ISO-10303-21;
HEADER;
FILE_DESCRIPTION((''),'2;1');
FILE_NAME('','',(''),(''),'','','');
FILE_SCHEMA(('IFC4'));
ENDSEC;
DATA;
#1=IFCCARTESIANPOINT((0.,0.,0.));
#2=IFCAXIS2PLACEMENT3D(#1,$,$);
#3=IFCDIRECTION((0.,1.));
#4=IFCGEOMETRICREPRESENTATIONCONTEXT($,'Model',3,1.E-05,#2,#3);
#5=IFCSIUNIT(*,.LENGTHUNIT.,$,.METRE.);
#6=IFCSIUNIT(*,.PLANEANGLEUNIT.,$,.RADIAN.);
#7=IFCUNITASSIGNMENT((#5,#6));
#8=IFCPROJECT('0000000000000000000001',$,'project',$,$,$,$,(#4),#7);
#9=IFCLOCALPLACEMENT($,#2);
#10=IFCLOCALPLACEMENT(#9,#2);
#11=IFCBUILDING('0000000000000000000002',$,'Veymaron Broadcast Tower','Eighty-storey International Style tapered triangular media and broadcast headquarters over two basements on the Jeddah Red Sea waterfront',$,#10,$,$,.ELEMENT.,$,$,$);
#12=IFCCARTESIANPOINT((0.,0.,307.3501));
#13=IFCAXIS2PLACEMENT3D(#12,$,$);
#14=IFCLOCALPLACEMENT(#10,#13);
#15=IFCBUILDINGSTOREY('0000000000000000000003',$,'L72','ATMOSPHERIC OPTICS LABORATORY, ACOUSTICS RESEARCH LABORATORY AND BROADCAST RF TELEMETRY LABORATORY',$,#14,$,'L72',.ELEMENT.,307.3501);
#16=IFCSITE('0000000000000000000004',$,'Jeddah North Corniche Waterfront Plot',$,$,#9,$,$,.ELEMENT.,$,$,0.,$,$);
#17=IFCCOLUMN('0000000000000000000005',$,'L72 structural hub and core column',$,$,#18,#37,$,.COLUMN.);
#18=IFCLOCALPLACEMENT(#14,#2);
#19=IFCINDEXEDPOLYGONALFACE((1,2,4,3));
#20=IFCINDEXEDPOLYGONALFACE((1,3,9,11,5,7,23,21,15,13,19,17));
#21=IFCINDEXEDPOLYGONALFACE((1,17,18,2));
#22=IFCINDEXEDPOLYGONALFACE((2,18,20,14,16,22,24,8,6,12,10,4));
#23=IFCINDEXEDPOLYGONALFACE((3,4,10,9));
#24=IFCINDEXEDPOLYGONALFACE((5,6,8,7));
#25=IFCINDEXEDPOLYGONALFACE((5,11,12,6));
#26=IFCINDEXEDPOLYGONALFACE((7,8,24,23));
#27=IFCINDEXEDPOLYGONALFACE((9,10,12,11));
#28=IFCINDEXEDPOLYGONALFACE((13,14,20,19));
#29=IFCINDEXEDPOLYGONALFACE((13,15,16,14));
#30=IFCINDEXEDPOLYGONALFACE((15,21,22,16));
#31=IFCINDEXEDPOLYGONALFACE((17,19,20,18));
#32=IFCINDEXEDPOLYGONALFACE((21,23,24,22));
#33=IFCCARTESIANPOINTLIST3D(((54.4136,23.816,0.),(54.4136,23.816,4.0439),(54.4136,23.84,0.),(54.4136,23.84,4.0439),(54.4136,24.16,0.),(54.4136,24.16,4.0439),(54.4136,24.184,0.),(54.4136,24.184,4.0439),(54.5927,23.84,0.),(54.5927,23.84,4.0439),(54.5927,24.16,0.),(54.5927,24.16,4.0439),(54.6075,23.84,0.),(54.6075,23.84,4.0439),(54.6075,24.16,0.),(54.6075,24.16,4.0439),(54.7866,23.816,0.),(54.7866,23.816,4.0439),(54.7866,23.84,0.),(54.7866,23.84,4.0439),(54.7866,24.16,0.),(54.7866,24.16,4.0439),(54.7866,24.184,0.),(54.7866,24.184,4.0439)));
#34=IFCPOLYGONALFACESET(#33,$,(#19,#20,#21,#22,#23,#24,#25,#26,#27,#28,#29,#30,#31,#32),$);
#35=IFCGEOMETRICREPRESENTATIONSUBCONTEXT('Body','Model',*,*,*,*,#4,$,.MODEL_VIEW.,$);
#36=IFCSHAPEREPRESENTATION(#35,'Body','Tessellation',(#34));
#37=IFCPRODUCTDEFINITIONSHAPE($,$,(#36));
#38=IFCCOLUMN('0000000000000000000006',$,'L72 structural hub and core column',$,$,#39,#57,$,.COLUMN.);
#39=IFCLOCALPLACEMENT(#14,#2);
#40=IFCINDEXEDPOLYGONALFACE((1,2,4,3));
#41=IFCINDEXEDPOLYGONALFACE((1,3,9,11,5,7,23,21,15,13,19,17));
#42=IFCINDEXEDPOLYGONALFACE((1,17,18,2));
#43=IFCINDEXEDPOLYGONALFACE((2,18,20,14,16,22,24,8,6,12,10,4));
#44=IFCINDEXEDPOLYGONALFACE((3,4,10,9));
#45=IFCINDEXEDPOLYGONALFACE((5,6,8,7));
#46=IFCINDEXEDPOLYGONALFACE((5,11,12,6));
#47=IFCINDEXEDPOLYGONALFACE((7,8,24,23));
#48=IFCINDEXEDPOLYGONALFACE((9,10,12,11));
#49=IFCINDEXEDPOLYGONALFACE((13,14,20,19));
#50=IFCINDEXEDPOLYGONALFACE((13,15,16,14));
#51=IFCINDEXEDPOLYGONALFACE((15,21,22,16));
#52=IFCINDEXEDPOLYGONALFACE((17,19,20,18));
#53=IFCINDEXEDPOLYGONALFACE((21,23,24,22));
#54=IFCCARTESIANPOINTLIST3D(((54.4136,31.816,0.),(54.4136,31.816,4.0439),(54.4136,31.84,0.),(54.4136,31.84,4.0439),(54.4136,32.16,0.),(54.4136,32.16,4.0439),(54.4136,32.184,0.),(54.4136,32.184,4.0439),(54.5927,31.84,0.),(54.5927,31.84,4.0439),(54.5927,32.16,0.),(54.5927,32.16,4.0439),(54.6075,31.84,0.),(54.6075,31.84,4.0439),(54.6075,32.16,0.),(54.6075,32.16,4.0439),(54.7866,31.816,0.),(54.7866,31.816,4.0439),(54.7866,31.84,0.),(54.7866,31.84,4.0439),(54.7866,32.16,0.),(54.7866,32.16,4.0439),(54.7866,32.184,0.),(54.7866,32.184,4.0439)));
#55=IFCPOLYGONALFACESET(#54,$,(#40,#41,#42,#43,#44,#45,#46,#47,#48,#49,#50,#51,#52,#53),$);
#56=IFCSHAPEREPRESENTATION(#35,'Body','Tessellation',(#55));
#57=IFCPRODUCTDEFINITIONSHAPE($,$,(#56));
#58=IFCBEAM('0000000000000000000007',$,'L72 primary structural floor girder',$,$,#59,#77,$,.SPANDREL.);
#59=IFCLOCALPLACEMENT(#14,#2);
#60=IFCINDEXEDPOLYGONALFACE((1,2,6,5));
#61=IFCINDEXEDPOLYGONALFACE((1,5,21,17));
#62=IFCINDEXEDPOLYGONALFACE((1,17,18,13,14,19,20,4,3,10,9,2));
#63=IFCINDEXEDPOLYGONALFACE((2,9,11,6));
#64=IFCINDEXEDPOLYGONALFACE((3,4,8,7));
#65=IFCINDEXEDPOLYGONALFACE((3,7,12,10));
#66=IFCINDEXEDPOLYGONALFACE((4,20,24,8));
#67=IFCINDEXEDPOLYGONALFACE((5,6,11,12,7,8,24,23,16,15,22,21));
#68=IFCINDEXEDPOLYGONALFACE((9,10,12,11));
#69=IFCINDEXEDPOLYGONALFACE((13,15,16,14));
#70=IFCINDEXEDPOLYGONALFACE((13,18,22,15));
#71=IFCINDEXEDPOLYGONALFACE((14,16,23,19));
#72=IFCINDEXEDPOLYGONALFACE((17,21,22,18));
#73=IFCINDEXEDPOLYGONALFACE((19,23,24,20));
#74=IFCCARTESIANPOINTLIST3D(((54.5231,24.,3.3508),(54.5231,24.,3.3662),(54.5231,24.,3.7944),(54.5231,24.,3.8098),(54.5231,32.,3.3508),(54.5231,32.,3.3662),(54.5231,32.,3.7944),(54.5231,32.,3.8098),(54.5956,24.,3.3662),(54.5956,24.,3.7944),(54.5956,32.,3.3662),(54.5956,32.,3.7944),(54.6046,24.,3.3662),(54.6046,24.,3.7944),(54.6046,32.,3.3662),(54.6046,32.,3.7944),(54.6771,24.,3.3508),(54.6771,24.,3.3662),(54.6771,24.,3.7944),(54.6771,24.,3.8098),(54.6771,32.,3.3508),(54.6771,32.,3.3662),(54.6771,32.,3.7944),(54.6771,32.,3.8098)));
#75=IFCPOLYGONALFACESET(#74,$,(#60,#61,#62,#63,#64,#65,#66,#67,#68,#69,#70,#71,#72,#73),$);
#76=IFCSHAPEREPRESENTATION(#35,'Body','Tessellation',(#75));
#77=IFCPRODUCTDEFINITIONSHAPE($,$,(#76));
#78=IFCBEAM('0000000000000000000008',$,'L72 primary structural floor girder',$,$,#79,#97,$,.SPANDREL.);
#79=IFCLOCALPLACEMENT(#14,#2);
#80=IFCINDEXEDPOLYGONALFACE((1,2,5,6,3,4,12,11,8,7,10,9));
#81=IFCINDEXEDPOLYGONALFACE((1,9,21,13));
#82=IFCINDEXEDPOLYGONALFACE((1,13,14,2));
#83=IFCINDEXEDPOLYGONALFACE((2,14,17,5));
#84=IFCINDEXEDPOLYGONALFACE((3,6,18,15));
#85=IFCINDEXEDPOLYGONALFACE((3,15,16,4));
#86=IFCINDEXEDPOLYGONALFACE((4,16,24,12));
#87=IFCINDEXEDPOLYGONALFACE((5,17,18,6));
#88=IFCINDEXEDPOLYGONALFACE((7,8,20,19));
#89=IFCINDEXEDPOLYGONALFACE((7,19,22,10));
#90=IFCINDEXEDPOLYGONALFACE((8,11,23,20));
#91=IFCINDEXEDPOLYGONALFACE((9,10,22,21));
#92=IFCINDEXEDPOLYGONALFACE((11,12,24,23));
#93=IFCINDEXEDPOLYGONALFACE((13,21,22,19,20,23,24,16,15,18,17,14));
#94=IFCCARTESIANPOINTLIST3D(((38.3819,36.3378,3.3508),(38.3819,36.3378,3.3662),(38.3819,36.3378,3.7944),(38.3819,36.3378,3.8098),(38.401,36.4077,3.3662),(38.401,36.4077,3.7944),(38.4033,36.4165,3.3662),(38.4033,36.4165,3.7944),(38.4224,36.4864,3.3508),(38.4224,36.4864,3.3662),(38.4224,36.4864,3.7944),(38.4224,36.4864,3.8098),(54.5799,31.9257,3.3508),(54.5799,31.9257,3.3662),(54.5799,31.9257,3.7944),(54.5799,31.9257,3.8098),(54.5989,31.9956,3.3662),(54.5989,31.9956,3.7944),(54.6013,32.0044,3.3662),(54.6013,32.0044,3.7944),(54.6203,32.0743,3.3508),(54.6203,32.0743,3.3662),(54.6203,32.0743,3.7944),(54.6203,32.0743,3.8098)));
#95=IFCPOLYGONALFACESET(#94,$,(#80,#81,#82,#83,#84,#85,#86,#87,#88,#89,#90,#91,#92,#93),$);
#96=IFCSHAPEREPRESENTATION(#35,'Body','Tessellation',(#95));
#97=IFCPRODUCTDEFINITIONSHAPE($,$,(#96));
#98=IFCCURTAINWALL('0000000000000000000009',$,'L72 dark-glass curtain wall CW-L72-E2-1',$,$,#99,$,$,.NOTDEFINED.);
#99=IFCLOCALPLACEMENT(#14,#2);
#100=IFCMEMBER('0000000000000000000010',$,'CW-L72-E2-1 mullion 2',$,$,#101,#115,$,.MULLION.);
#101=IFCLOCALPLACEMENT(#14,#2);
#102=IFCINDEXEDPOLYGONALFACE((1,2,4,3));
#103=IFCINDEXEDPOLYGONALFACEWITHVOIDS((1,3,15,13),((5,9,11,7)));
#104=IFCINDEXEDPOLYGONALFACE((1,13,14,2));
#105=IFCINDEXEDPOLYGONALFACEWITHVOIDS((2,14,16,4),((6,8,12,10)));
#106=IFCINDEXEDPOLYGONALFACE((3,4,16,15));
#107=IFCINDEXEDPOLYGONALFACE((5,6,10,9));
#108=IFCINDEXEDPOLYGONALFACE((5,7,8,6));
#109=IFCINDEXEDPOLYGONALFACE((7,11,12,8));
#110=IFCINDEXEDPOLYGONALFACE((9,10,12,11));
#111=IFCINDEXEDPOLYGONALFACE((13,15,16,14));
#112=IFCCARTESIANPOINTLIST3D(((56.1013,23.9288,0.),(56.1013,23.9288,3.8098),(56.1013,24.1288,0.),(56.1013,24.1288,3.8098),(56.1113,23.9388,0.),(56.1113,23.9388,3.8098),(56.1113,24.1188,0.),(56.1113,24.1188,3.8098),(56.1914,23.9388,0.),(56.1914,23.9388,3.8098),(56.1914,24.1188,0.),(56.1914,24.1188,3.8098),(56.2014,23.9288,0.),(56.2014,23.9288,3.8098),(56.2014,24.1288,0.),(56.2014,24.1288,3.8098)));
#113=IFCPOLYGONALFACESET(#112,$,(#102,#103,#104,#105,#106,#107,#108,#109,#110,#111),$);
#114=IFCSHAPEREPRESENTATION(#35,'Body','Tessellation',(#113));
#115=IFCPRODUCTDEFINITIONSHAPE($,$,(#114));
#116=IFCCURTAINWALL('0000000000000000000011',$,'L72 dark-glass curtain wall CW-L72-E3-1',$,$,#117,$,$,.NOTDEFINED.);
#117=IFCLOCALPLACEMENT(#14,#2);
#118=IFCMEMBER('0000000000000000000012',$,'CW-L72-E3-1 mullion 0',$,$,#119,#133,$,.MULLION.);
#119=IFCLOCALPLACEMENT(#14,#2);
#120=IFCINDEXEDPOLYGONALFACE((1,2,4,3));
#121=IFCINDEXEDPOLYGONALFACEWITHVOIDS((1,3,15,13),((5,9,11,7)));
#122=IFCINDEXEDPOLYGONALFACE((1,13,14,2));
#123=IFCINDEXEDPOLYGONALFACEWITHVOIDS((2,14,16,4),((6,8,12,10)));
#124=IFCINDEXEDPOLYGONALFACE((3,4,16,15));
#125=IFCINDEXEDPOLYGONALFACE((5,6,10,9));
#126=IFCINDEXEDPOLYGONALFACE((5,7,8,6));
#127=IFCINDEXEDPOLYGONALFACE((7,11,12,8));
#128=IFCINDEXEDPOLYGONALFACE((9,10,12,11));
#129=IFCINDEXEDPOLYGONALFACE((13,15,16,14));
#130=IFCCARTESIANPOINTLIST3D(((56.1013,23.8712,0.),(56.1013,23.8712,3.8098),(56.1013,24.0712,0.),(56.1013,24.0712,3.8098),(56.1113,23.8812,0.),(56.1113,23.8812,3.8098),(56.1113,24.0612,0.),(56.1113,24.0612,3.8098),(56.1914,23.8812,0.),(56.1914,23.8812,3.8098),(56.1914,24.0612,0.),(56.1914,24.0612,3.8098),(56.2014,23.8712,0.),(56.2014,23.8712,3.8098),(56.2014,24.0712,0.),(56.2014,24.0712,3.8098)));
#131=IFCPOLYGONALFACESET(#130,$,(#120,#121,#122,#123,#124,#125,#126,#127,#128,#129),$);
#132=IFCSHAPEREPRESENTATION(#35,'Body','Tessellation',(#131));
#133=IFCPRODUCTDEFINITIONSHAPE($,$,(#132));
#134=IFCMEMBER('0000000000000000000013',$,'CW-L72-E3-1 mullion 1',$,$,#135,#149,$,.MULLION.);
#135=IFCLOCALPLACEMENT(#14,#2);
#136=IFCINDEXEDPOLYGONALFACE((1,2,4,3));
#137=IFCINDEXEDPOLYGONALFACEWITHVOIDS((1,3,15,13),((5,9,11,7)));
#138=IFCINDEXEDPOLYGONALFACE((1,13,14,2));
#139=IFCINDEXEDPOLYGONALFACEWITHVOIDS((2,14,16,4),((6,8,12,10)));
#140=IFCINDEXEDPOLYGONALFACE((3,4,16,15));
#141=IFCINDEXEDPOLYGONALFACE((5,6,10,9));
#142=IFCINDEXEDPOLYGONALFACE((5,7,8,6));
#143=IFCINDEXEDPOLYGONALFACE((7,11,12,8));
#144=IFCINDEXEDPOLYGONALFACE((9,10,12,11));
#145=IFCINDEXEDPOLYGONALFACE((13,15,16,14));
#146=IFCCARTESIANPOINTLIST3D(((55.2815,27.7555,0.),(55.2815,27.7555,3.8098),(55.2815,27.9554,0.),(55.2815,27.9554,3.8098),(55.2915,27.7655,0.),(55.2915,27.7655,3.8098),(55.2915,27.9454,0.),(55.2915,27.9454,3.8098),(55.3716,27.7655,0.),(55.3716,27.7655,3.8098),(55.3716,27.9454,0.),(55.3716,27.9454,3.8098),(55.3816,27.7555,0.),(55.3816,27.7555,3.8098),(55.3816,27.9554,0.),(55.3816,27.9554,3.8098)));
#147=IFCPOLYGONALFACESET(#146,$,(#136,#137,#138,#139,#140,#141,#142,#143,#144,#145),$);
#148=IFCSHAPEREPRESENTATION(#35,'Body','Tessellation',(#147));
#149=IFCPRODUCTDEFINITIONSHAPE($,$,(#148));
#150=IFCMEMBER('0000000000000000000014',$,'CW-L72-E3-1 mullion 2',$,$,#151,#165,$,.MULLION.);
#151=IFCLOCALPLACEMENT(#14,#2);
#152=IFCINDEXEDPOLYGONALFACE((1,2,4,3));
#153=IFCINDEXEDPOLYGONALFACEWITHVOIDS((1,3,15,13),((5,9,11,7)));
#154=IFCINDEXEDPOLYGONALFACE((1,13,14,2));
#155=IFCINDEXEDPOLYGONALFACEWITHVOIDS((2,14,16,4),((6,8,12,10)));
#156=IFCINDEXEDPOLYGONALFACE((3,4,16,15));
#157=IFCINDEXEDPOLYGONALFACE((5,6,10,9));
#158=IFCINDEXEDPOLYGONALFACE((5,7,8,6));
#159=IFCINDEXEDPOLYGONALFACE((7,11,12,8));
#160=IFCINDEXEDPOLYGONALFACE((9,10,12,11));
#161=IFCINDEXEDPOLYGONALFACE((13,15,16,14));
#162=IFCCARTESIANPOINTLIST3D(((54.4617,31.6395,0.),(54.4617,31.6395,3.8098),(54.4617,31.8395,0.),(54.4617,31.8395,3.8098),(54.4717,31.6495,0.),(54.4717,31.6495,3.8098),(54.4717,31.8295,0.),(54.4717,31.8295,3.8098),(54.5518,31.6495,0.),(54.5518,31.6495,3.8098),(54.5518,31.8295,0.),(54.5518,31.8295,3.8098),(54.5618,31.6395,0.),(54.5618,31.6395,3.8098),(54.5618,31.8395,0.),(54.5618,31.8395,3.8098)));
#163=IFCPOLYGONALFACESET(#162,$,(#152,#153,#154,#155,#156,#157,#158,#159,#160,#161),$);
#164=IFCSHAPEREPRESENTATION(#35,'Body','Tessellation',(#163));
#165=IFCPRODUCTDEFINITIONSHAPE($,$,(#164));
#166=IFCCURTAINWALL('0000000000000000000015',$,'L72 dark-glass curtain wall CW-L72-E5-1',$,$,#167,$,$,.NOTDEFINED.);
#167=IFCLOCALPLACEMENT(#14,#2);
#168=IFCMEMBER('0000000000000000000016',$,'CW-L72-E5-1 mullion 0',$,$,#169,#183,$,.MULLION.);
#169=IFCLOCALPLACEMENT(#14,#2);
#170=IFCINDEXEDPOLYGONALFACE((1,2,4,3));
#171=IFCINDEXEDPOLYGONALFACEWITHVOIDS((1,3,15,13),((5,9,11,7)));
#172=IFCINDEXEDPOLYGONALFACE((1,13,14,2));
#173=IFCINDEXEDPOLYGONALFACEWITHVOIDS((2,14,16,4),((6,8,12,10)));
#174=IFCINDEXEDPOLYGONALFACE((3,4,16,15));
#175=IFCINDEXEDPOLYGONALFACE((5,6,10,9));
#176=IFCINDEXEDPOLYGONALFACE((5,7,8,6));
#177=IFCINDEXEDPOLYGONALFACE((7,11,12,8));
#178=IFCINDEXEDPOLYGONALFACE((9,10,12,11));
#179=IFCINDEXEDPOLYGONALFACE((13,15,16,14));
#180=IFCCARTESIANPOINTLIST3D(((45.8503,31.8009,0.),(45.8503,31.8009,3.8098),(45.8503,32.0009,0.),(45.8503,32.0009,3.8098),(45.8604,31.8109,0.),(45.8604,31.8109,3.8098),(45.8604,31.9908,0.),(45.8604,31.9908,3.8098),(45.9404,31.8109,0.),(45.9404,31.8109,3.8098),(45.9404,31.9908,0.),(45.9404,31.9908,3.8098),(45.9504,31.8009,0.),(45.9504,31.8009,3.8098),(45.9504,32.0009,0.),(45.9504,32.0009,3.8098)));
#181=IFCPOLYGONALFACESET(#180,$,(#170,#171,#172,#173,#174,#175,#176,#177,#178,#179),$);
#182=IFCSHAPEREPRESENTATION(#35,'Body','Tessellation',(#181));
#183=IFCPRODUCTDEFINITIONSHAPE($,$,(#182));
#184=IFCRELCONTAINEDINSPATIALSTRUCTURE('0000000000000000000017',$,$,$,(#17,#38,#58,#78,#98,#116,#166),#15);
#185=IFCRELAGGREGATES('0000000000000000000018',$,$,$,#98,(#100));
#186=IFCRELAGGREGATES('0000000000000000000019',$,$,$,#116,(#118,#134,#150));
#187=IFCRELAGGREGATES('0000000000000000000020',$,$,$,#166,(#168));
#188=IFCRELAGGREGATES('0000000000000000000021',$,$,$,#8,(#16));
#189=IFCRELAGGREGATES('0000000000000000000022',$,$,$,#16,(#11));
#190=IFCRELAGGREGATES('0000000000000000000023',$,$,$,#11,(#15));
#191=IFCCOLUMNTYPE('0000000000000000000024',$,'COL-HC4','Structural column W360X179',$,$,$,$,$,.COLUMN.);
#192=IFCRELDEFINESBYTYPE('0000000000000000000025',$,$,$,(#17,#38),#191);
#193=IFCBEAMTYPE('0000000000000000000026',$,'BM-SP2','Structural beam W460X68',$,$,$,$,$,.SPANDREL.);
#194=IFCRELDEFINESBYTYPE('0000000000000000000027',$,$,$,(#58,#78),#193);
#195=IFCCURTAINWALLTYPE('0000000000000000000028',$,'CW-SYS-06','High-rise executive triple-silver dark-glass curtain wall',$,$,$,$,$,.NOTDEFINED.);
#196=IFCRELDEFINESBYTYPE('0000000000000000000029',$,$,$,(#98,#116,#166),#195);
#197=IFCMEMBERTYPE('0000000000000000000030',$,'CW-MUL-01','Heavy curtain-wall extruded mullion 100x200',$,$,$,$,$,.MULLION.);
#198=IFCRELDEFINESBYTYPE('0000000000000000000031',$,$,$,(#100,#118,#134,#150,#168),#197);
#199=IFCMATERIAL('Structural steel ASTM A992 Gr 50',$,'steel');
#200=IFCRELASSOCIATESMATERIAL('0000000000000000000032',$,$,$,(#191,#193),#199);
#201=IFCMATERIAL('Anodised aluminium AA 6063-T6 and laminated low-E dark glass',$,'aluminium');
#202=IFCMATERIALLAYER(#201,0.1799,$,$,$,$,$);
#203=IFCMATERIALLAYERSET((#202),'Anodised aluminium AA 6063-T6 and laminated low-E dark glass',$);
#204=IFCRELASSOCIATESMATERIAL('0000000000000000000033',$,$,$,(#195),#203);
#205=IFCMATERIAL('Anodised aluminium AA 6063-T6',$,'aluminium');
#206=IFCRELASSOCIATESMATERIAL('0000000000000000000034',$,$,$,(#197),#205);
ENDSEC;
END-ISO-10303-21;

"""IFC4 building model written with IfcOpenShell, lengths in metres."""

from ifc_helpers import new_model, si_unit, direction, frame, origin, origin_2d, place, context, subcontext, project, spatial, hollow_rectangle, i_section, extrude, material, layer, layer_set, material_profile, profile_set, type_object, element, aggregate, save


model = new_model("IFC4")

# Units and contexts
model_context = context("Model", 3, precision=1e-05, world=origin(), true_north=direction((0.0, 1.0)))
body_context = subcontext(model_context, "Body", "Model", "MODEL_VIEW")
ifc_project = project(units=[si_unit("LENGTHUNIT", "METRE"), si_unit("PLANEANGLEUNIT", "RADIAN")], contexts=[model_context])

# Site, building, storey
site_placement = place(None, origin())
site = spatial("IfcSite", under=ifc_project, at=site_placement, Name="Jeddah North Corniche Waterfront Plot", CompositionType="ELEMENT", RefElevation=0.0)
building_placement = place(site_placement, origin())
building = spatial("IfcBuilding", under=site, at=building_placement, Name="Veymaron Broadcast Tower", Description="Eighty-storey International Style tapered triangular media and broadcast headquarters over two basements on the Jeddah Red Sea waterfront", CompositionType="ELEMENT")
storey_placement = place(building_placement, frame((0.0, 0.0, 307.3501)))
storey = spatial("IfcBuildingStorey", under=building, at=storey_placement, Name="L72", Description="ATMOSPHERIC OPTICS LABORATORY, ACOUSTICS RESEARCH LABORATORY AND BROADCAST RF TELEMETRY LABORATORY", LongName="L72", CompositionType="ELEMENT", Elevation=307.3501)

# Columns
ifc_material_1 = material(Name="Structural steel ASTM A992 Gr 50", Category="steel")
ifc_material_profile_1 = material_profile(ifc_material_1, i_section(OverallWidth=0.373, OverallDepth=0.3679, WebThickness=0.0149, FlangeThickness=0.0239, at=origin_2d()), Name="W360X179")
ifc_profile_set_1 = profile_set([ifc_material_profile_1], Name="Structural steel ASTM A992 Gr 50")
column_type = type_object("IfcColumnType", Name="COL-HC4", Description="Structural column W360X179", PredefinedType="COLUMN", material=ifc_profile_set_1)
for number, where, z_axis, x_axis, name in (
    (1, (54.6001, 24.0, 0.0), (0.0, 0.0, 1.0), (1.0, 0.0, 0.0), "L72 structural hub and core column"),
    (2, (54.6001, 32.0, 0.0), (0.0, 0.0, 1.0), (1.0, 0.0, 0.0), "L72 structural hub and core column"),
):
    element("IfcColumn", number, at=place(storey_placement, frame(where, z_axis=z_axis, x_axis=x_axis)), inside=storey, type_object=column_type, Name=name, PredefinedType="COLUMN", context=body_context, shape_type="SweptSolid", body=[
        extrude(i_section(OverallWidth=0.373, OverallDepth=0.3679, WebThickness=0.0149, FlangeThickness=0.0239, at=origin_2d()), origin(), (0.0, 0.0, 1.0), 4.0439),
    ])

# Beams
ifc_material_profile_2 = material_profile(ifc_material_1, i_section(OverallWidth=0.1541, OverallDepth=0.459, WebThickness=0.009, FlangeThickness=0.0154, at=origin_2d()), Name="W460X68")
ifc_profile_set_2 = profile_set([ifc_material_profile_2], Name="Structural steel ASTM A992 Gr 50")
beam_type = type_object("IfcBeamType", Name="BM-SP2", Description="Structural beam W460X68", PredefinedType="SPANDREL", material=ifc_profile_set_2)
beam_1_placement = place(storey_placement, frame((54.6001, 24.0, 3.5803), z_axis=(0.0, 1.0, 0.0), x_axis=(-1.0, 0.0, 0.0)))
element("IfcBeam", 3, at=beam_1_placement, inside=storey, type_object=beam_type, Name="L72 primary structural floor girder", PredefinedType="SPANDREL", context=body_context, shape_type="SweptSolid", body=[
    extrude(i_section(OverallWidth=0.1541, OverallDepth=0.459, WebThickness=0.009, FlangeThickness=0.0154, at=origin_2d()), origin(), (0.0, 0.0, 1.0), 8.0),
])
beam_2_placement = place(storey_placement, frame((54.6001, 32.0, 3.5803), z_axis=(-0.964847, 0.262811, 0.0), x_axis=(-0.262811, -0.964847, 0.0)))
element("IfcBeam", 4, at=beam_2_placement, inside=storey, type_object=beam_type, Name="L72 primary structural floor girder", PredefinedType="SPANDREL", context=body_context, shape_type="SweptSolid", body=[
    extrude(i_section(OverallWidth=0.1541, OverallDepth=0.459, WebThickness=0.009, FlangeThickness=0.0154, at=origin_2d()), origin(), (0.0, 0.0, 1.0), 16.7881),
])

# Curtain wall, member
ifc_material_2 = material(Name="Anodised aluminium AA 6063-T6 and laminated low-E dark glass", Category="aluminium")
ifc_layer_1 = layer(ifc_material_2, 0.1799)
ifc_layer_set_1 = layer_set([ifc_layer_1], Name="Anodised aluminium AA 6063-T6 and laminated low-E dark glass")
curtain_wall_type = type_object("IfcCurtainWallType", Name="CW-SYS-06", Description="High-rise executive triple-silver dark-glass curtain wall", PredefinedType="NOTDEFINED", material=ifc_layer_set_1)
curtain_wall_1_placement = place(storey_placement, origin())
curtain_wall_1 = element("IfcCurtainWall", 5, at=curtain_wall_1_placement, inside=storey, type_object=curtain_wall_type, Name="L72 dark-glass curtain wall CW-L72-E2-1", PredefinedType="NOTDEFINED")
ifc_material_3 = material(Name="Anodised aluminium AA 6063-T6", Category="aluminium")
ifc_material_profile_3 = material_profile(ifc_material_3, hollow_rectangle(XDim=0.1001, YDim=0.2, WallThickness=0.01, at=origin_2d()), Name="RHS200X100X10")
ifc_profile_set_3 = profile_set([ifc_material_profile_3], Name="Anodised aluminium AA 6063-T6")
member_type_1 = type_object("IfcMemberType", Name="CW-MUL-01", Description="Heavy curtain-wall extruded mullion 100x200", PredefinedType="MULLION", material=ifc_profile_set_3)
member_1_placement = place(storey_placement, frame((56.1514, 24.0288, 0.0), z_axis=(0.0, 0.0, 1.0), x_axis=(1.0, 0.0, 0.0)))
member_1 = element("IfcMember", 6, at=member_1_placement, type_object=member_type_1, Name="CW-L72-E2-1 mullion 2", PredefinedType="MULLION", context=body_context, shape_type="SweptSolid", body=[
    extrude(hollow_rectangle(XDim=0.1001, YDim=0.2, WallThickness=0.01, at=origin_2d()), origin(), (0.0, 0.0, 1.0), 3.8098),
])
aggregate(curtain_wall_1, [member_1])

# Curtain wall, members
curtain_wall_2_placement = place(storey_placement, origin())
curtain_wall_2 = element("IfcCurtainWall", 7, at=curtain_wall_2_placement, inside=storey, type_object=curtain_wall_type, Name="L72 dark-glass curtain wall CW-L72-E3-1", PredefinedType="NOTDEFINED")
member_2_placement = place(storey_placement, frame((56.1514, 23.9712, 0.0), z_axis=(0.0, 0.0, 1.0), x_axis=(1.0, 0.0, 0.0)))
member_2 = element("IfcMember", 8, at=member_2_placement, type_object=member_type_1, Name="CW-L72-E3-1 mullion 0", PredefinedType="MULLION", context=body_context, shape_type="SweptSolid", body=[
    extrude(hollow_rectangle(XDim=0.1001, YDim=0.2, WallThickness=0.01, at=origin_2d()), origin(), (0.0, 0.0, 1.0), 3.8098),
])
member_3_placement = place(storey_placement, frame((55.3315, 27.8555, 0.0), z_axis=(0.0, 0.0, 1.0), x_axis=(1.0, 0.0, 0.0)))
member_3 = element("IfcMember", 9, at=member_3_placement, type_object=member_type_1, Name="CW-L72-E3-1 mullion 1", PredefinedType="MULLION", context=body_context, shape_type="SweptSolid", body=[
    extrude(hollow_rectangle(XDim=0.1001, YDim=0.2, WallThickness=0.01, at=origin_2d()), origin(), (0.0, 0.0, 1.0), 3.8098),
])
member_4_placement = place(storey_placement, frame((54.5117, 31.7395, 0.0), z_axis=(0.0, 0.0, 1.0), x_axis=(1.0, 0.0, 0.0)))
member_4 = element("IfcMember", 10, at=member_4_placement, type_object=member_type_1, Name="CW-L72-E3-1 mullion 2", PredefinedType="MULLION", context=body_context, shape_type="SweptSolid", body=[
    extrude(hollow_rectangle(XDim=0.1001, YDim=0.2, WallThickness=0.01, at=origin_2d()), origin(), (0.0, 0.0, 1.0), 3.8098),
])

# Curtain wall, member
curtain_wall_3_placement = place(storey_placement, origin())
curtain_wall_3 = element("IfcCurtainWall", 11, at=curtain_wall_3_placement, inside=storey, type_object=curtain_wall_type, Name="L72 dark-glass curtain wall CW-L72-E5-1", PredefinedType="NOTDEFINED")
member_5_placement = place(storey_placement, frame((45.9004, 31.9009, 0.0), z_axis=(0.0, 0.0, 1.0), x_axis=(1.0, 0.0, 0.0)))
member_5 = element("IfcMember", 12, at=member_5_placement, type_object=member_type_1, Name="CW-L72-E5-1 mullion 0", PredefinedType="MULLION", context=body_context, shape_type="SweptSolid", body=[
    extrude(hollow_rectangle(XDim=0.1001, YDim=0.2, WallThickness=0.01, at=origin_2d()), origin(), (0.0, 0.0, 1.0), 3.8098),
])

aggregate(curtain_wall_2, [member_2, member_3, member_4])
aggregate(curtain_wall_3, [member_5])

save(model, "model.ifc")
